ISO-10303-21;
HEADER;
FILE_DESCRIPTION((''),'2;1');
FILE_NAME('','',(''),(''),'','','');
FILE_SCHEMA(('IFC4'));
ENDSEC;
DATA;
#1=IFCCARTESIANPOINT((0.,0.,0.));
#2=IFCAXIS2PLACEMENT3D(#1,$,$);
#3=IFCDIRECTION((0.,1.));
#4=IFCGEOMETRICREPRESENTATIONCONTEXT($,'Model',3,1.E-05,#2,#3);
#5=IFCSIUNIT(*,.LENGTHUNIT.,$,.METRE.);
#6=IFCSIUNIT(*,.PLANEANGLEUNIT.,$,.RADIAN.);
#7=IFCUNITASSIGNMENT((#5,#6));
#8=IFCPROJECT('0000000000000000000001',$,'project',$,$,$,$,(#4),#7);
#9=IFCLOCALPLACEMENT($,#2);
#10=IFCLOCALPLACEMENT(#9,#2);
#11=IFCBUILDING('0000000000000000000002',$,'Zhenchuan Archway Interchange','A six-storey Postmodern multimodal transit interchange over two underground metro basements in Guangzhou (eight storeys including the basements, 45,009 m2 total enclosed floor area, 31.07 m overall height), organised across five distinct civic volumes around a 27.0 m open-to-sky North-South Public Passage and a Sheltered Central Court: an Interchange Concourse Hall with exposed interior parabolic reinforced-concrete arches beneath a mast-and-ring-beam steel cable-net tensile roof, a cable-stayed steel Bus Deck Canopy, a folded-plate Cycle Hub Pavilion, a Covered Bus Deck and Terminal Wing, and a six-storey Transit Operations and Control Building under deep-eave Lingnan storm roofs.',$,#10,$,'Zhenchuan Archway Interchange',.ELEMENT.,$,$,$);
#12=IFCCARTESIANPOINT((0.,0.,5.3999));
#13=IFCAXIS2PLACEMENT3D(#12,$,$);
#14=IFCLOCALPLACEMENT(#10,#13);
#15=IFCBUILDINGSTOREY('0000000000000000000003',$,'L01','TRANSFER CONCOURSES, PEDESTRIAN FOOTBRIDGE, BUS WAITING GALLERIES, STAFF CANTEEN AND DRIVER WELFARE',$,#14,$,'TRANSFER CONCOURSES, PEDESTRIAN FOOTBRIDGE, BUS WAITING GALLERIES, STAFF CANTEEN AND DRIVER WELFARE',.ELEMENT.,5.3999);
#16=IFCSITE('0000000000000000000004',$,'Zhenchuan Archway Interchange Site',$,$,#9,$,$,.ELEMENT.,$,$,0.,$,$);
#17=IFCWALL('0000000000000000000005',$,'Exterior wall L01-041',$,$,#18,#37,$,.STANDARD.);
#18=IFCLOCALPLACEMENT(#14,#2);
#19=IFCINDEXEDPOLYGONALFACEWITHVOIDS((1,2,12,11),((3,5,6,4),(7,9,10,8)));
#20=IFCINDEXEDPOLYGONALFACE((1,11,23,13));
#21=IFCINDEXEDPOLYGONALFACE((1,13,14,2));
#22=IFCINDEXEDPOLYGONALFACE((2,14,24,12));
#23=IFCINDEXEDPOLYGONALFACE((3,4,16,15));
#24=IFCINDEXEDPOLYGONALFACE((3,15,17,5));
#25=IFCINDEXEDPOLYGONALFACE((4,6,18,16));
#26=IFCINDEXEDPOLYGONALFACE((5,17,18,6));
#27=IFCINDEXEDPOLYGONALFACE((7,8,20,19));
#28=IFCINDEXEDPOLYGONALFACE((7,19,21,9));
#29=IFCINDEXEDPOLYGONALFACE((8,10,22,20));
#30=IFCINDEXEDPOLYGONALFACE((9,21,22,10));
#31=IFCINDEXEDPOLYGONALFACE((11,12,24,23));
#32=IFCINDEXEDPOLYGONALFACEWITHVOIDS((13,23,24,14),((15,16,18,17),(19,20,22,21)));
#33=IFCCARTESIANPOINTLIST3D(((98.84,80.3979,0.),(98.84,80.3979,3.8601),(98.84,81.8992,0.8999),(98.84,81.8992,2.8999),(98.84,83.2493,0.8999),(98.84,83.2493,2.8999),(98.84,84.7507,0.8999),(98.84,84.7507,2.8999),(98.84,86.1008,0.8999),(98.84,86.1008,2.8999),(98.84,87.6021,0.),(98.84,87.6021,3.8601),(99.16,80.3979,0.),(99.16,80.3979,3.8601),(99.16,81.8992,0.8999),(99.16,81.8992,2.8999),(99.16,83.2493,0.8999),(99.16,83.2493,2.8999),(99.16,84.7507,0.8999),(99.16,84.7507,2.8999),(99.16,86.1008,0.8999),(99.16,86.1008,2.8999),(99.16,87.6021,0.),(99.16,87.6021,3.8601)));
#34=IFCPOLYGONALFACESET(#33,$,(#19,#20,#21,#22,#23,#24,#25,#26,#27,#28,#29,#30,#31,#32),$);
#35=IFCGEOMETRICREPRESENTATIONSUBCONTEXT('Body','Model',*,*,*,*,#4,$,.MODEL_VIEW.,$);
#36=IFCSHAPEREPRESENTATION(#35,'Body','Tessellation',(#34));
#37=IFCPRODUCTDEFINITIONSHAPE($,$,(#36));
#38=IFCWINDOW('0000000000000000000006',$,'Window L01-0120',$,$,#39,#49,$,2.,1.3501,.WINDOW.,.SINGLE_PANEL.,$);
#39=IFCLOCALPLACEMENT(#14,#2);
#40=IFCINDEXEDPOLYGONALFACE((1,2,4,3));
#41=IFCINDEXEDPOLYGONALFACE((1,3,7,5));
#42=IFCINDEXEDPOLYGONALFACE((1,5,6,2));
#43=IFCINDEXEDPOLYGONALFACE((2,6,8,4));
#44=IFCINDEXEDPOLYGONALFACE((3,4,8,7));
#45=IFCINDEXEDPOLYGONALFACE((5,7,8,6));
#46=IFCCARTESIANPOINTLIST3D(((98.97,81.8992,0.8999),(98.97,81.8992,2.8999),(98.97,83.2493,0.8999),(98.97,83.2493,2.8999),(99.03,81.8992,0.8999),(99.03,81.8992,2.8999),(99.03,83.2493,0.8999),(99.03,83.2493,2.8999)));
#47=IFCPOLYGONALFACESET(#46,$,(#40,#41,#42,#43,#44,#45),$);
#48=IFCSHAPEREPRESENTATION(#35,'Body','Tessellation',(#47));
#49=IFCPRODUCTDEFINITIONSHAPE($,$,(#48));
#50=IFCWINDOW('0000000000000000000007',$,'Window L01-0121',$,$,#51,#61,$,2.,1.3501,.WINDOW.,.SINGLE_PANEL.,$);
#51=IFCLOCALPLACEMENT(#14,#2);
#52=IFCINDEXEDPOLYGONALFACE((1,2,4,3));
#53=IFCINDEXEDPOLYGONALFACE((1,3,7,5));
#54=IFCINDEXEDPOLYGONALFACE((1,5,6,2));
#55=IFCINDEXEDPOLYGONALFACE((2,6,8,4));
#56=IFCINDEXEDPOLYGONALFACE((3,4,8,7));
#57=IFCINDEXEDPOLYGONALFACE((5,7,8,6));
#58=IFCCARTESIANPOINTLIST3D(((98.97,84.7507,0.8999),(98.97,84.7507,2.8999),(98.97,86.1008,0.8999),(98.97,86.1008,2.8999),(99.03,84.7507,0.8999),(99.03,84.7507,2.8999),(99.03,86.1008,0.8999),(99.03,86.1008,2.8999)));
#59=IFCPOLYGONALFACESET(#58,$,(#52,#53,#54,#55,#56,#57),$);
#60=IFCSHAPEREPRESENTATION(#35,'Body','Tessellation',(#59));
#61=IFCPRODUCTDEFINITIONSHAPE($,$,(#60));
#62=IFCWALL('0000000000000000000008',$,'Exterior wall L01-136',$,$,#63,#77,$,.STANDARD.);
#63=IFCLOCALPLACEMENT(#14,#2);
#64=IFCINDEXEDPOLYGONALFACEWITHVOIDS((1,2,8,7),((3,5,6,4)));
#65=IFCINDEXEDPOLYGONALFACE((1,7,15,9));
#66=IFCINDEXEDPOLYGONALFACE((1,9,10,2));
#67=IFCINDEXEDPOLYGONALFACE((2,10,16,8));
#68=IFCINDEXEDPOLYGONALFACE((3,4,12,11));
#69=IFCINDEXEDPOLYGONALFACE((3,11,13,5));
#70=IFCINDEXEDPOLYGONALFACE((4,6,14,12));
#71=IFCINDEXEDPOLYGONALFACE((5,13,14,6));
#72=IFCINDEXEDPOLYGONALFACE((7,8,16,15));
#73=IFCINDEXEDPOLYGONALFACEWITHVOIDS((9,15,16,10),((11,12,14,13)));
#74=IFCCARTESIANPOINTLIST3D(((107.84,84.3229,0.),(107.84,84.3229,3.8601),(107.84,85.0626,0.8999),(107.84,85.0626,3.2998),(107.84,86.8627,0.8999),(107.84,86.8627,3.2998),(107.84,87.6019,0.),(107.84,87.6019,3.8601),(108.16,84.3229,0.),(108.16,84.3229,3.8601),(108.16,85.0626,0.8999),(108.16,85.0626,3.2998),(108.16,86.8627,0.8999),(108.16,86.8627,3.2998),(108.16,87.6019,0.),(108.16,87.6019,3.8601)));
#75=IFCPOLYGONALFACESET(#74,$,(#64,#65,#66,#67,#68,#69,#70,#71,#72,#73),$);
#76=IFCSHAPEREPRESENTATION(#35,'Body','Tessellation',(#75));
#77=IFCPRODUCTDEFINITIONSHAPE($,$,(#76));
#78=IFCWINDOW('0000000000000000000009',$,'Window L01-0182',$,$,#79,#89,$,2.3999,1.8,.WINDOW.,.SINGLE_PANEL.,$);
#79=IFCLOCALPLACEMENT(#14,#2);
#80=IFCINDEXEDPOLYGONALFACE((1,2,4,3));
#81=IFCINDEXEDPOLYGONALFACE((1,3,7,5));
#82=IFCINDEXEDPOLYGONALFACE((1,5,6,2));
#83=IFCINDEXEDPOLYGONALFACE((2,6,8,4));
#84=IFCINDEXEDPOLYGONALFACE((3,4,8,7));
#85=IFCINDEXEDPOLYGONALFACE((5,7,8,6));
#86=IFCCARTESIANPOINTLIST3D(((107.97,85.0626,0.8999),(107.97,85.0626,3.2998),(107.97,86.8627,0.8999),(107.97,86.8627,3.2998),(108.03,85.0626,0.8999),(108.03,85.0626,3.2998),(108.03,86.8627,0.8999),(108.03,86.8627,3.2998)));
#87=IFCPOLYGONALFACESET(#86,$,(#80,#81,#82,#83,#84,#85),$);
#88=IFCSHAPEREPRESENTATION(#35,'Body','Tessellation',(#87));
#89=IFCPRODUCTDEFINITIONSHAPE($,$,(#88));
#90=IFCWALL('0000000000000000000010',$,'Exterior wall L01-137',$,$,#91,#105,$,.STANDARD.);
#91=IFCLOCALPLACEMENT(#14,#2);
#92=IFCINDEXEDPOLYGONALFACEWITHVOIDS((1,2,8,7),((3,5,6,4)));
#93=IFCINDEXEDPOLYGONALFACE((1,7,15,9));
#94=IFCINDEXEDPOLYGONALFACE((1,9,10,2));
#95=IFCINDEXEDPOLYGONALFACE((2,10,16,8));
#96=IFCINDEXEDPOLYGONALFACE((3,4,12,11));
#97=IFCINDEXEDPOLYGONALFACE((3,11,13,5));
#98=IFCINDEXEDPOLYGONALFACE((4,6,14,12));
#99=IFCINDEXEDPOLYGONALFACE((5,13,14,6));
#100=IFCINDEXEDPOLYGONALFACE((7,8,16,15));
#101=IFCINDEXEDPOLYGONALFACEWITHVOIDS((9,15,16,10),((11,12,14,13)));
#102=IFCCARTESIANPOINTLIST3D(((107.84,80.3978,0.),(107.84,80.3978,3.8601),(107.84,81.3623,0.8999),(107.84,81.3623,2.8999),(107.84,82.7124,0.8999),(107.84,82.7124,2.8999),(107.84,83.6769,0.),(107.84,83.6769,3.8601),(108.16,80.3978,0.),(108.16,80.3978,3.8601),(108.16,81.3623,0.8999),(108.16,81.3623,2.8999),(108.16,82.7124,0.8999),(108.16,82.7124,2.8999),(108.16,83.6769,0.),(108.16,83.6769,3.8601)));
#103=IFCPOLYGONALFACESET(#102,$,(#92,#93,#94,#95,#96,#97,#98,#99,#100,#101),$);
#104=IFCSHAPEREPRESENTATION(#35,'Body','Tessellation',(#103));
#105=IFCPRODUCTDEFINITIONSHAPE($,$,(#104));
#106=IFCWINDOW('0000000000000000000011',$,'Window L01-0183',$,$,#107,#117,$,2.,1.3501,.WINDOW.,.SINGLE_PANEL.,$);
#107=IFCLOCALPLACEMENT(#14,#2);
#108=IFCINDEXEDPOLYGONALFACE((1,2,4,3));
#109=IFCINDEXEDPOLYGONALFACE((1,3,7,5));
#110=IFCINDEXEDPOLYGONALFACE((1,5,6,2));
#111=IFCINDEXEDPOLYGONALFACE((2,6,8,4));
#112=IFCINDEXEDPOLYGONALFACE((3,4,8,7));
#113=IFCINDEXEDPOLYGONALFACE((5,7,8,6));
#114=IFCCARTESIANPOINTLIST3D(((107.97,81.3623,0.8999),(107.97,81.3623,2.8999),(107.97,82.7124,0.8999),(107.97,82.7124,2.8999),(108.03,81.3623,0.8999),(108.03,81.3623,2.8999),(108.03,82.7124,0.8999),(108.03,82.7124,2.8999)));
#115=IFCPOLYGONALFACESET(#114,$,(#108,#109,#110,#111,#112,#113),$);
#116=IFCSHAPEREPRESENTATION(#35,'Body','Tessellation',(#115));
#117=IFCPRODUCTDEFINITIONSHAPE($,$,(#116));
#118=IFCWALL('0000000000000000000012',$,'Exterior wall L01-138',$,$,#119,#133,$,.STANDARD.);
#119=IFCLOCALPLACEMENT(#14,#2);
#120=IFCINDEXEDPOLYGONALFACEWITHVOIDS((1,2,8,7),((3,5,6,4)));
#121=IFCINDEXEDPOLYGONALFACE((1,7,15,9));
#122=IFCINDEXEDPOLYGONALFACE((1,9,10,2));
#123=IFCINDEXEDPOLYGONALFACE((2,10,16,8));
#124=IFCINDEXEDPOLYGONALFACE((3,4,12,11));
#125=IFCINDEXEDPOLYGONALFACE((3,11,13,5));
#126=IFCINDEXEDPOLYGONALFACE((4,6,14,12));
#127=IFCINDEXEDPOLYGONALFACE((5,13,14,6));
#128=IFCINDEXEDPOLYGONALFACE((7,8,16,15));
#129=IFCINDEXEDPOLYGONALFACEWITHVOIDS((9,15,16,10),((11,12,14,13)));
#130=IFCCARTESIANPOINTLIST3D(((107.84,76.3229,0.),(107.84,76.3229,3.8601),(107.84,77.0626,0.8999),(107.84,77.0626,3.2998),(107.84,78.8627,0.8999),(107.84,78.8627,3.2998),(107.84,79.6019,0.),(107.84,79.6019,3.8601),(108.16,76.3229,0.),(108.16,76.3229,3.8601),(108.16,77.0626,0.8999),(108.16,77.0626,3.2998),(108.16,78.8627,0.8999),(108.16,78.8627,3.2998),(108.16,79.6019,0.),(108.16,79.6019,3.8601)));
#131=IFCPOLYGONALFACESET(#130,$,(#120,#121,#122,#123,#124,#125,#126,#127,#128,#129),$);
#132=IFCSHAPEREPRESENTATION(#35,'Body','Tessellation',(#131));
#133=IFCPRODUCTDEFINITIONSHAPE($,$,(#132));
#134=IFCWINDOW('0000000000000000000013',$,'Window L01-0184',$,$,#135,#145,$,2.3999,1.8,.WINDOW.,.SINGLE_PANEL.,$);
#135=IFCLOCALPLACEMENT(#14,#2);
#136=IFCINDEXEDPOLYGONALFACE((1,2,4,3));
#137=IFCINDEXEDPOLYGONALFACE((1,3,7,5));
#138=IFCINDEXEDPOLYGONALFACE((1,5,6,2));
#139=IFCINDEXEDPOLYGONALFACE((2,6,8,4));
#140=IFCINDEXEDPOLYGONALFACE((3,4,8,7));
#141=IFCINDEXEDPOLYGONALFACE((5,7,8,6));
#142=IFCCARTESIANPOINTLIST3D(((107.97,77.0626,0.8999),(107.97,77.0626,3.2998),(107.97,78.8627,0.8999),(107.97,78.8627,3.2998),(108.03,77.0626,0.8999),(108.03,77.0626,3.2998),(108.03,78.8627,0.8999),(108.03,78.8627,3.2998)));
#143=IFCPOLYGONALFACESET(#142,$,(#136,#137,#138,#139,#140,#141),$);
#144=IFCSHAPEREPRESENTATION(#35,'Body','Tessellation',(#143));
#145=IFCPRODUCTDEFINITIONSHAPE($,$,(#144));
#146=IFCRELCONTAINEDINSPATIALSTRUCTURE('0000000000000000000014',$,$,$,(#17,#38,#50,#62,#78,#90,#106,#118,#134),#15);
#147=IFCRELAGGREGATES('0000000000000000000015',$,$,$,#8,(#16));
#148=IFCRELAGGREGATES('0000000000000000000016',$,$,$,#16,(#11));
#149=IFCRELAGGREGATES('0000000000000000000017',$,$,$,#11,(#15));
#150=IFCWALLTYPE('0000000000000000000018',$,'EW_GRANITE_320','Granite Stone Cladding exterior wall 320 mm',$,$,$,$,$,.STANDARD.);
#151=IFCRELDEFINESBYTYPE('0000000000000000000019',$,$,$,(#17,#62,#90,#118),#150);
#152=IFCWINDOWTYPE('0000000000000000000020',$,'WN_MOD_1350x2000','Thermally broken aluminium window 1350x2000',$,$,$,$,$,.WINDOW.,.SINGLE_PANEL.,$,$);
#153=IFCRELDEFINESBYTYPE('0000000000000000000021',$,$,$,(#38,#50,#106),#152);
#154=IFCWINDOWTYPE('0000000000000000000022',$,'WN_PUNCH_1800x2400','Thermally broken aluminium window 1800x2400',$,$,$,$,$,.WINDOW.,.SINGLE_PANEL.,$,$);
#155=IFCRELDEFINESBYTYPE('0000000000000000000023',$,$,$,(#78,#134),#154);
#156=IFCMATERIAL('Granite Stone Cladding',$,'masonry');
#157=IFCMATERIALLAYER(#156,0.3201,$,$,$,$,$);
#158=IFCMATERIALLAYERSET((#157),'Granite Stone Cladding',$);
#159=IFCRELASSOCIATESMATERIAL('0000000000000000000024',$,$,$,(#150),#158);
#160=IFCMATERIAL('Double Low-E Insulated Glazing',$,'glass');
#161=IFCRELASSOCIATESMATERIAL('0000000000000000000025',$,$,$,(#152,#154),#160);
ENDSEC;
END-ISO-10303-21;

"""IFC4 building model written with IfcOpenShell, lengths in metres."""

from ifc_helpers import new_model, si_unit, direction, frame, frame_2d, origin, place, context, subcontext, project, spatial, rectangle, extrude, material, layer, layer_set, type_object, element, fill, save


model = new_model("IFC4")

# Units and contexts
model_context = context("Model", 3, precision=1e-05, world=origin(), true_north=direction((0.0, 1.0)))
body_context = subcontext(model_context, "Body", "Model", "MODEL_VIEW")
ifc_project = project(units=[si_unit("LENGTHUNIT", "METRE"), si_unit("PLANEANGLEUNIT", "RADIAN")], contexts=[model_context])

# Site, building, storey
site_placement = place(None, origin())
site = spatial("IfcSite", under=ifc_project, at=site_placement, Name="Zhenchuan Archway Interchange Site", CompositionType="ELEMENT", RefElevation=0.0)
building_placement = place(site_placement, origin())
building = spatial("IfcBuilding", under=site, at=building_placement, Name="Zhenchuan Archway Interchange", Description="A six-storey Postmodern multimodal transit interchange over two underground metro basements in Guangzhou (eight storeys including the basements, 45,009 m2 total enclosed floor area, 31.07 m overall height), organised across five distinct civic volumes around a 27.0 m open-to-sky North-South Public Passage and a Sheltered Central Court: an Interchange Concourse Hall with exposed interior parabolic reinforced-concrete arches beneath a mast-and-ring-beam steel cable-net tensile roof, a cable-stayed steel Bus Deck Canopy, a folded-plate Cycle Hub Pavilion, a Covered Bus Deck and Terminal Wing, and a six-storey Transit Operations and Control Building under deep-eave Lingnan storm roofs.", LongName="Zhenchuan Archway Interchange", CompositionType="ELEMENT")
storey_placement = place(building_placement, frame((0.0, 0.0, 5.3999)))
storey = spatial("IfcBuildingStorey", under=building, at=storey_placement, Name="L01", Description="TRANSFER CONCOURSES, PEDESTRIAN FOOTBRIDGE, BUS WAITING GALLERIES, STAFF CANTEEN AND DRIVER WELFARE", LongName="TRANSFER CONCOURSES, PEDESTRIAN FOOTBRIDGE, BUS WAITING GALLERIES, STAFF CANTEEN AND DRIVER WELFARE", CompositionType="ELEMENT", Elevation=5.3999)

# Shared definitions
ifc_material_1 = material(Name="Double Low-E Insulated Glazing", Category="glass")

# Wall, openings, windows
ifc_material_2 = material(Name="Granite Stone Cladding", Category="masonry")
ifc_layer_1 = layer(ifc_material_2, 0.3201)
ifc_layer_set_1 = layer_set([ifc_layer_1], Name="Granite Stone Cladding")
wall_type = type_object("IfcWallType", Name="EW_GRANITE_320", Description="Granite Stone Cladding exterior wall 320 mm", PredefinedType="STANDARD", material=ifc_layer_set_1)
wall_1_placement = place(storey_placement, frame((99.0, 80.3979, 0.0), z_axis=(0.0, 0.0, 1.0), x_axis=(0.0, 1.0, 0.0)))
wall_1 = element("IfcWall", 1, at=wall_1_placement, inside=storey, type_object=wall_type, Name="Exterior wall L01-041", PredefinedType="STANDARD", context=body_context, shape_type="SweptSolid", body=[
    extrude(rectangle(XDim=7.2041, YDim=0.3201, at=frame_2d((3.6021, 0.0))), origin(), (0.0, 0.0, 1.0), 3.8601),
])
opening_1_placement = place(wall_1_placement, frame((1.5012, 0.0, 0.8999)))
opening_1 = element("IfcOpeningElement", 2, at=opening_1_placement, cuts=wall_1, PredefinedType="OPENING", context=body_context, shape_type="SweptSolid", body=[
    extrude(rectangle(XDim=1.3501, YDim=2.0, at=frame_2d((0.675, 1.0))), frame((0.0, 0.1719, 0.0), z_axis=(0.0, -1.0, 0.0), x_axis=(1.0, 0.0, 0.0)), (0.0, 0.0, 1.0), 0.344),
])
opening_2_placement = place(wall_1_placement, frame((4.3528, 0.0, 0.8999)))
opening_2 = element("IfcOpeningElement", 3, at=opening_2_placement, cuts=wall_1, PredefinedType="OPENING", context=body_context, shape_type="SweptSolid", body=[
    extrude(rectangle(XDim=1.3501, YDim=2.0, at=frame_2d((0.675, 1.0))), frame((0.0, 0.1719, 0.0), z_axis=(0.0, -1.0, 0.0), x_axis=(1.0, 0.0, 0.0)), (0.0, 0.0, 1.0), 0.344),
])
window_type_1 = type_object("IfcWindowType", Name="WN_MOD_1350x2000", Description="Thermally broken aluminium window 1350x2000", PartitioningType="SINGLE_PANEL", PredefinedType="WINDOW", material=ifc_material_1)
window_1_placement = place(opening_1_placement, origin())
window_1 = element("IfcWindow", 4, at=window_1_placement, inside=storey, type_object=window_type_1, Name="Window L01-0120", OverallHeight=2.0, OverallWidth=1.3501, PartitioningType="SINGLE_PANEL", PredefinedType="WINDOW", context=body_context, shape_type="SweptSolid", body=[
    extrude(rectangle(XDim=1.3501, YDim=2.0, at=frame_2d((0.675, 1.0))), frame((0.0, 0.03, 0.0), z_axis=(0.0, -1.0, 0.0), x_axis=(1.0, 0.0, 0.0)), (0.0, 0.0, 1.0), 0.0601),
])
fill(opening_1, window_1)
window_2_placement = place(opening_2_placement, origin())
window_2 = element("IfcWindow", 5, at=window_2_placement, inside=storey, type_object=window_type_1, Name="Window L01-0121", OverallHeight=2.0, OverallWidth=1.3501, PartitioningType="SINGLE_PANEL", PredefinedType="WINDOW", context=body_context, shape_type="SweptSolid", body=[
    extrude(rectangle(XDim=1.3501, YDim=2.0, at=frame_2d((0.675, 1.0))), frame((0.0, 0.03, 0.0), z_axis=(0.0, -1.0, 0.0), x_axis=(1.0, 0.0, 0.0)), (0.0, 0.0, 1.0), 0.0601),
])
fill(opening_2, window_2)

# Walls, openings, windows
wall_2_placement = place(storey_placement, frame((108.0, 87.6021, 0.0), z_axis=(0.0, 0.0, 1.0), x_axis=(0.0, -1.0, 0.0)))
wall_2 = element("IfcWall", 6, at=wall_2_placement, inside=storey, type_object=wall_type, Name="Exterior wall L01-136", PredefinedType="STANDARD", context=body_context, shape_type="SweptSolid", body=[
    extrude(rectangle(XDim=3.2791, YDim=0.3201, at=frame_2d((1.6396, 0.0))), origin(), (0.0, 0.0, 1.0), 3.8601),
])
opening_3_placement = place(wall_2_placement, frame((0.7395, 0.0, 0.8999)))
opening_3 = element("IfcOpeningElement", 7, at=opening_3_placement, cuts=wall_2, PredefinedType="OPENING", context=body_context, shape_type="SweptSolid", body=[
    extrude(rectangle(XDim=1.8, YDim=2.3999, at=frame_2d((0.8999, 1.2))), frame((0.0, 0.1719, 0.0), z_axis=(0.0, -1.0, 0.0), x_axis=(1.0, 0.0, 0.0)), (0.0, 0.0, 1.0), 0.344),
])
window_type_2 = type_object("IfcWindowType", Name="WN_PUNCH_1800x2400", Description="Thermally broken aluminium window 1800x2400", PartitioningType="SINGLE_PANEL", PredefinedType="WINDOW", material=ifc_material_1)
window_3_placement = place(opening_3_placement, origin())
window_3 = element("IfcWindow", 8, at=window_3_placement, inside=storey, type_object=window_type_2, Name="Window L01-0182", OverallHeight=2.3999, OverallWidth=1.8, PartitioningType="SINGLE_PANEL", PredefinedType="WINDOW", context=body_context, shape_type="SweptSolid", body=[
    extrude(rectangle(XDim=1.8, YDim=2.3999, at=frame_2d((0.8999, 1.2))), frame((0.0, 0.03, 0.0), z_axis=(0.0, -1.0, 0.0), x_axis=(1.0, 0.0, 0.0)), (0.0, 0.0, 1.0), 0.0601),
])
fill(opening_3, window_3)
wall_3_placement = place(storey_placement, frame((108.0, 83.677, 0.0), z_axis=(0.0, 0.0, 1.0), x_axis=(0.0, -1.0, 0.0)))
wall_3 = element("IfcWall", 9, at=wall_3_placement, inside=storey, type_object=wall_type, Name="Exterior wall L01-137", PredefinedType="STANDARD", context=body_context, shape_type="SweptSolid", body=[
    extrude(rectangle(XDim=3.2791, YDim=0.3201, at=frame_2d((1.6396, 0.0))), origin(), (0.0, 0.0, 1.0), 3.8601),
])
opening_4_placement = place(wall_3_placement, frame((0.9646, 0.0, 0.8999)))
opening_4 = element("IfcOpeningElement", 10, at=opening_4_placement, cuts=wall_3, PredefinedType="OPENING", context=body_context, shape_type="SweptSolid", body=[
    extrude(rectangle(XDim=1.3501, YDim=2.0, at=frame_2d((0.675, 1.0))), frame((0.0, 0.1719, 0.0), z_axis=(0.0, -1.0, 0.0), x_axis=(1.0, 0.0, 0.0)), (0.0, 0.0, 1.0), 0.344),
])
window_4_placement = place(opening_4_placement, origin())
window_4 = element("IfcWindow", 11, at=window_4_placement, inside=storey, type_object=window_type_1, Name="Window L01-0183", OverallHeight=2.0, OverallWidth=1.3501, PartitioningType="SINGLE_PANEL", PredefinedType="WINDOW", context=body_context, shape_type="SweptSolid", body=[
    extrude(rectangle(XDim=1.3501, YDim=2.0, at=frame_2d((0.675, 1.0))), frame((0.0, 0.03, 0.0), z_axis=(0.0, -1.0, 0.0), x_axis=(1.0, 0.0, 0.0)), (0.0, 0.0, 1.0), 0.0601),
])
fill(opening_4, window_4)
wall_4_placement = place(storey_placement, frame((108.0, 79.6021, 0.0), z_axis=(0.0, 0.0, 1.0), x_axis=(0.0, -1.0, 0.0)))
wall_4 = element("IfcWall", 12, at=wall_4_placement, inside=storey, type_object=wall_type, Name="Exterior wall L01-138", PredefinedType="STANDARD", context=body_context, shape_type="SweptSolid", body=[
    extrude(rectangle(XDim=3.2791, YDim=0.3201, at=frame_2d((1.6396, 0.0))), origin(), (0.0, 0.0, 1.0), 3.8601),
])
opening_5_placement = place(wall_4_placement, frame((0.7395, 0.0, 0.8999)))
opening_5 = element("IfcOpeningElement", 13, at=opening_5_placement, cuts=wall_4, PredefinedType="OPENING", context=body_context, shape_type="SweptSolid", body=[
    extrude(rectangle(XDim=1.8, YDim=2.3999, at=frame_2d((0.8999, 1.2))), frame((0.0, 0.1719, 0.0), z_axis=(0.0, -1.0, 0.0), x_axis=(1.0, 0.0, 0.0)), (0.0, 0.0, 1.0), 0.344),
])
window_5_placement = place(opening_5_placement, origin())
window_5 = element("IfcWindow", 14, at=window_5_placement, inside=storey, type_object=window_type_2, Name="Window L01-0184", OverallHeight=2.3999, OverallWidth=1.8, PartitioningType="SINGLE_PANEL", PredefinedType="WINDOW", context=body_context, shape_type="SweptSolid", body=[
    extrude(rectangle(XDim=1.8, YDim=2.3999, at=frame_2d((0.8999, 1.2))), frame((0.0, 0.03, 0.0), z_axis=(0.0, -1.0, 0.0), x_axis=(1.0, 0.0, 0.0)), (0.0, 0.0, 1.0), 0.0601),
])
fill(opening_5, window_5)

save(model, "model.ifc")
